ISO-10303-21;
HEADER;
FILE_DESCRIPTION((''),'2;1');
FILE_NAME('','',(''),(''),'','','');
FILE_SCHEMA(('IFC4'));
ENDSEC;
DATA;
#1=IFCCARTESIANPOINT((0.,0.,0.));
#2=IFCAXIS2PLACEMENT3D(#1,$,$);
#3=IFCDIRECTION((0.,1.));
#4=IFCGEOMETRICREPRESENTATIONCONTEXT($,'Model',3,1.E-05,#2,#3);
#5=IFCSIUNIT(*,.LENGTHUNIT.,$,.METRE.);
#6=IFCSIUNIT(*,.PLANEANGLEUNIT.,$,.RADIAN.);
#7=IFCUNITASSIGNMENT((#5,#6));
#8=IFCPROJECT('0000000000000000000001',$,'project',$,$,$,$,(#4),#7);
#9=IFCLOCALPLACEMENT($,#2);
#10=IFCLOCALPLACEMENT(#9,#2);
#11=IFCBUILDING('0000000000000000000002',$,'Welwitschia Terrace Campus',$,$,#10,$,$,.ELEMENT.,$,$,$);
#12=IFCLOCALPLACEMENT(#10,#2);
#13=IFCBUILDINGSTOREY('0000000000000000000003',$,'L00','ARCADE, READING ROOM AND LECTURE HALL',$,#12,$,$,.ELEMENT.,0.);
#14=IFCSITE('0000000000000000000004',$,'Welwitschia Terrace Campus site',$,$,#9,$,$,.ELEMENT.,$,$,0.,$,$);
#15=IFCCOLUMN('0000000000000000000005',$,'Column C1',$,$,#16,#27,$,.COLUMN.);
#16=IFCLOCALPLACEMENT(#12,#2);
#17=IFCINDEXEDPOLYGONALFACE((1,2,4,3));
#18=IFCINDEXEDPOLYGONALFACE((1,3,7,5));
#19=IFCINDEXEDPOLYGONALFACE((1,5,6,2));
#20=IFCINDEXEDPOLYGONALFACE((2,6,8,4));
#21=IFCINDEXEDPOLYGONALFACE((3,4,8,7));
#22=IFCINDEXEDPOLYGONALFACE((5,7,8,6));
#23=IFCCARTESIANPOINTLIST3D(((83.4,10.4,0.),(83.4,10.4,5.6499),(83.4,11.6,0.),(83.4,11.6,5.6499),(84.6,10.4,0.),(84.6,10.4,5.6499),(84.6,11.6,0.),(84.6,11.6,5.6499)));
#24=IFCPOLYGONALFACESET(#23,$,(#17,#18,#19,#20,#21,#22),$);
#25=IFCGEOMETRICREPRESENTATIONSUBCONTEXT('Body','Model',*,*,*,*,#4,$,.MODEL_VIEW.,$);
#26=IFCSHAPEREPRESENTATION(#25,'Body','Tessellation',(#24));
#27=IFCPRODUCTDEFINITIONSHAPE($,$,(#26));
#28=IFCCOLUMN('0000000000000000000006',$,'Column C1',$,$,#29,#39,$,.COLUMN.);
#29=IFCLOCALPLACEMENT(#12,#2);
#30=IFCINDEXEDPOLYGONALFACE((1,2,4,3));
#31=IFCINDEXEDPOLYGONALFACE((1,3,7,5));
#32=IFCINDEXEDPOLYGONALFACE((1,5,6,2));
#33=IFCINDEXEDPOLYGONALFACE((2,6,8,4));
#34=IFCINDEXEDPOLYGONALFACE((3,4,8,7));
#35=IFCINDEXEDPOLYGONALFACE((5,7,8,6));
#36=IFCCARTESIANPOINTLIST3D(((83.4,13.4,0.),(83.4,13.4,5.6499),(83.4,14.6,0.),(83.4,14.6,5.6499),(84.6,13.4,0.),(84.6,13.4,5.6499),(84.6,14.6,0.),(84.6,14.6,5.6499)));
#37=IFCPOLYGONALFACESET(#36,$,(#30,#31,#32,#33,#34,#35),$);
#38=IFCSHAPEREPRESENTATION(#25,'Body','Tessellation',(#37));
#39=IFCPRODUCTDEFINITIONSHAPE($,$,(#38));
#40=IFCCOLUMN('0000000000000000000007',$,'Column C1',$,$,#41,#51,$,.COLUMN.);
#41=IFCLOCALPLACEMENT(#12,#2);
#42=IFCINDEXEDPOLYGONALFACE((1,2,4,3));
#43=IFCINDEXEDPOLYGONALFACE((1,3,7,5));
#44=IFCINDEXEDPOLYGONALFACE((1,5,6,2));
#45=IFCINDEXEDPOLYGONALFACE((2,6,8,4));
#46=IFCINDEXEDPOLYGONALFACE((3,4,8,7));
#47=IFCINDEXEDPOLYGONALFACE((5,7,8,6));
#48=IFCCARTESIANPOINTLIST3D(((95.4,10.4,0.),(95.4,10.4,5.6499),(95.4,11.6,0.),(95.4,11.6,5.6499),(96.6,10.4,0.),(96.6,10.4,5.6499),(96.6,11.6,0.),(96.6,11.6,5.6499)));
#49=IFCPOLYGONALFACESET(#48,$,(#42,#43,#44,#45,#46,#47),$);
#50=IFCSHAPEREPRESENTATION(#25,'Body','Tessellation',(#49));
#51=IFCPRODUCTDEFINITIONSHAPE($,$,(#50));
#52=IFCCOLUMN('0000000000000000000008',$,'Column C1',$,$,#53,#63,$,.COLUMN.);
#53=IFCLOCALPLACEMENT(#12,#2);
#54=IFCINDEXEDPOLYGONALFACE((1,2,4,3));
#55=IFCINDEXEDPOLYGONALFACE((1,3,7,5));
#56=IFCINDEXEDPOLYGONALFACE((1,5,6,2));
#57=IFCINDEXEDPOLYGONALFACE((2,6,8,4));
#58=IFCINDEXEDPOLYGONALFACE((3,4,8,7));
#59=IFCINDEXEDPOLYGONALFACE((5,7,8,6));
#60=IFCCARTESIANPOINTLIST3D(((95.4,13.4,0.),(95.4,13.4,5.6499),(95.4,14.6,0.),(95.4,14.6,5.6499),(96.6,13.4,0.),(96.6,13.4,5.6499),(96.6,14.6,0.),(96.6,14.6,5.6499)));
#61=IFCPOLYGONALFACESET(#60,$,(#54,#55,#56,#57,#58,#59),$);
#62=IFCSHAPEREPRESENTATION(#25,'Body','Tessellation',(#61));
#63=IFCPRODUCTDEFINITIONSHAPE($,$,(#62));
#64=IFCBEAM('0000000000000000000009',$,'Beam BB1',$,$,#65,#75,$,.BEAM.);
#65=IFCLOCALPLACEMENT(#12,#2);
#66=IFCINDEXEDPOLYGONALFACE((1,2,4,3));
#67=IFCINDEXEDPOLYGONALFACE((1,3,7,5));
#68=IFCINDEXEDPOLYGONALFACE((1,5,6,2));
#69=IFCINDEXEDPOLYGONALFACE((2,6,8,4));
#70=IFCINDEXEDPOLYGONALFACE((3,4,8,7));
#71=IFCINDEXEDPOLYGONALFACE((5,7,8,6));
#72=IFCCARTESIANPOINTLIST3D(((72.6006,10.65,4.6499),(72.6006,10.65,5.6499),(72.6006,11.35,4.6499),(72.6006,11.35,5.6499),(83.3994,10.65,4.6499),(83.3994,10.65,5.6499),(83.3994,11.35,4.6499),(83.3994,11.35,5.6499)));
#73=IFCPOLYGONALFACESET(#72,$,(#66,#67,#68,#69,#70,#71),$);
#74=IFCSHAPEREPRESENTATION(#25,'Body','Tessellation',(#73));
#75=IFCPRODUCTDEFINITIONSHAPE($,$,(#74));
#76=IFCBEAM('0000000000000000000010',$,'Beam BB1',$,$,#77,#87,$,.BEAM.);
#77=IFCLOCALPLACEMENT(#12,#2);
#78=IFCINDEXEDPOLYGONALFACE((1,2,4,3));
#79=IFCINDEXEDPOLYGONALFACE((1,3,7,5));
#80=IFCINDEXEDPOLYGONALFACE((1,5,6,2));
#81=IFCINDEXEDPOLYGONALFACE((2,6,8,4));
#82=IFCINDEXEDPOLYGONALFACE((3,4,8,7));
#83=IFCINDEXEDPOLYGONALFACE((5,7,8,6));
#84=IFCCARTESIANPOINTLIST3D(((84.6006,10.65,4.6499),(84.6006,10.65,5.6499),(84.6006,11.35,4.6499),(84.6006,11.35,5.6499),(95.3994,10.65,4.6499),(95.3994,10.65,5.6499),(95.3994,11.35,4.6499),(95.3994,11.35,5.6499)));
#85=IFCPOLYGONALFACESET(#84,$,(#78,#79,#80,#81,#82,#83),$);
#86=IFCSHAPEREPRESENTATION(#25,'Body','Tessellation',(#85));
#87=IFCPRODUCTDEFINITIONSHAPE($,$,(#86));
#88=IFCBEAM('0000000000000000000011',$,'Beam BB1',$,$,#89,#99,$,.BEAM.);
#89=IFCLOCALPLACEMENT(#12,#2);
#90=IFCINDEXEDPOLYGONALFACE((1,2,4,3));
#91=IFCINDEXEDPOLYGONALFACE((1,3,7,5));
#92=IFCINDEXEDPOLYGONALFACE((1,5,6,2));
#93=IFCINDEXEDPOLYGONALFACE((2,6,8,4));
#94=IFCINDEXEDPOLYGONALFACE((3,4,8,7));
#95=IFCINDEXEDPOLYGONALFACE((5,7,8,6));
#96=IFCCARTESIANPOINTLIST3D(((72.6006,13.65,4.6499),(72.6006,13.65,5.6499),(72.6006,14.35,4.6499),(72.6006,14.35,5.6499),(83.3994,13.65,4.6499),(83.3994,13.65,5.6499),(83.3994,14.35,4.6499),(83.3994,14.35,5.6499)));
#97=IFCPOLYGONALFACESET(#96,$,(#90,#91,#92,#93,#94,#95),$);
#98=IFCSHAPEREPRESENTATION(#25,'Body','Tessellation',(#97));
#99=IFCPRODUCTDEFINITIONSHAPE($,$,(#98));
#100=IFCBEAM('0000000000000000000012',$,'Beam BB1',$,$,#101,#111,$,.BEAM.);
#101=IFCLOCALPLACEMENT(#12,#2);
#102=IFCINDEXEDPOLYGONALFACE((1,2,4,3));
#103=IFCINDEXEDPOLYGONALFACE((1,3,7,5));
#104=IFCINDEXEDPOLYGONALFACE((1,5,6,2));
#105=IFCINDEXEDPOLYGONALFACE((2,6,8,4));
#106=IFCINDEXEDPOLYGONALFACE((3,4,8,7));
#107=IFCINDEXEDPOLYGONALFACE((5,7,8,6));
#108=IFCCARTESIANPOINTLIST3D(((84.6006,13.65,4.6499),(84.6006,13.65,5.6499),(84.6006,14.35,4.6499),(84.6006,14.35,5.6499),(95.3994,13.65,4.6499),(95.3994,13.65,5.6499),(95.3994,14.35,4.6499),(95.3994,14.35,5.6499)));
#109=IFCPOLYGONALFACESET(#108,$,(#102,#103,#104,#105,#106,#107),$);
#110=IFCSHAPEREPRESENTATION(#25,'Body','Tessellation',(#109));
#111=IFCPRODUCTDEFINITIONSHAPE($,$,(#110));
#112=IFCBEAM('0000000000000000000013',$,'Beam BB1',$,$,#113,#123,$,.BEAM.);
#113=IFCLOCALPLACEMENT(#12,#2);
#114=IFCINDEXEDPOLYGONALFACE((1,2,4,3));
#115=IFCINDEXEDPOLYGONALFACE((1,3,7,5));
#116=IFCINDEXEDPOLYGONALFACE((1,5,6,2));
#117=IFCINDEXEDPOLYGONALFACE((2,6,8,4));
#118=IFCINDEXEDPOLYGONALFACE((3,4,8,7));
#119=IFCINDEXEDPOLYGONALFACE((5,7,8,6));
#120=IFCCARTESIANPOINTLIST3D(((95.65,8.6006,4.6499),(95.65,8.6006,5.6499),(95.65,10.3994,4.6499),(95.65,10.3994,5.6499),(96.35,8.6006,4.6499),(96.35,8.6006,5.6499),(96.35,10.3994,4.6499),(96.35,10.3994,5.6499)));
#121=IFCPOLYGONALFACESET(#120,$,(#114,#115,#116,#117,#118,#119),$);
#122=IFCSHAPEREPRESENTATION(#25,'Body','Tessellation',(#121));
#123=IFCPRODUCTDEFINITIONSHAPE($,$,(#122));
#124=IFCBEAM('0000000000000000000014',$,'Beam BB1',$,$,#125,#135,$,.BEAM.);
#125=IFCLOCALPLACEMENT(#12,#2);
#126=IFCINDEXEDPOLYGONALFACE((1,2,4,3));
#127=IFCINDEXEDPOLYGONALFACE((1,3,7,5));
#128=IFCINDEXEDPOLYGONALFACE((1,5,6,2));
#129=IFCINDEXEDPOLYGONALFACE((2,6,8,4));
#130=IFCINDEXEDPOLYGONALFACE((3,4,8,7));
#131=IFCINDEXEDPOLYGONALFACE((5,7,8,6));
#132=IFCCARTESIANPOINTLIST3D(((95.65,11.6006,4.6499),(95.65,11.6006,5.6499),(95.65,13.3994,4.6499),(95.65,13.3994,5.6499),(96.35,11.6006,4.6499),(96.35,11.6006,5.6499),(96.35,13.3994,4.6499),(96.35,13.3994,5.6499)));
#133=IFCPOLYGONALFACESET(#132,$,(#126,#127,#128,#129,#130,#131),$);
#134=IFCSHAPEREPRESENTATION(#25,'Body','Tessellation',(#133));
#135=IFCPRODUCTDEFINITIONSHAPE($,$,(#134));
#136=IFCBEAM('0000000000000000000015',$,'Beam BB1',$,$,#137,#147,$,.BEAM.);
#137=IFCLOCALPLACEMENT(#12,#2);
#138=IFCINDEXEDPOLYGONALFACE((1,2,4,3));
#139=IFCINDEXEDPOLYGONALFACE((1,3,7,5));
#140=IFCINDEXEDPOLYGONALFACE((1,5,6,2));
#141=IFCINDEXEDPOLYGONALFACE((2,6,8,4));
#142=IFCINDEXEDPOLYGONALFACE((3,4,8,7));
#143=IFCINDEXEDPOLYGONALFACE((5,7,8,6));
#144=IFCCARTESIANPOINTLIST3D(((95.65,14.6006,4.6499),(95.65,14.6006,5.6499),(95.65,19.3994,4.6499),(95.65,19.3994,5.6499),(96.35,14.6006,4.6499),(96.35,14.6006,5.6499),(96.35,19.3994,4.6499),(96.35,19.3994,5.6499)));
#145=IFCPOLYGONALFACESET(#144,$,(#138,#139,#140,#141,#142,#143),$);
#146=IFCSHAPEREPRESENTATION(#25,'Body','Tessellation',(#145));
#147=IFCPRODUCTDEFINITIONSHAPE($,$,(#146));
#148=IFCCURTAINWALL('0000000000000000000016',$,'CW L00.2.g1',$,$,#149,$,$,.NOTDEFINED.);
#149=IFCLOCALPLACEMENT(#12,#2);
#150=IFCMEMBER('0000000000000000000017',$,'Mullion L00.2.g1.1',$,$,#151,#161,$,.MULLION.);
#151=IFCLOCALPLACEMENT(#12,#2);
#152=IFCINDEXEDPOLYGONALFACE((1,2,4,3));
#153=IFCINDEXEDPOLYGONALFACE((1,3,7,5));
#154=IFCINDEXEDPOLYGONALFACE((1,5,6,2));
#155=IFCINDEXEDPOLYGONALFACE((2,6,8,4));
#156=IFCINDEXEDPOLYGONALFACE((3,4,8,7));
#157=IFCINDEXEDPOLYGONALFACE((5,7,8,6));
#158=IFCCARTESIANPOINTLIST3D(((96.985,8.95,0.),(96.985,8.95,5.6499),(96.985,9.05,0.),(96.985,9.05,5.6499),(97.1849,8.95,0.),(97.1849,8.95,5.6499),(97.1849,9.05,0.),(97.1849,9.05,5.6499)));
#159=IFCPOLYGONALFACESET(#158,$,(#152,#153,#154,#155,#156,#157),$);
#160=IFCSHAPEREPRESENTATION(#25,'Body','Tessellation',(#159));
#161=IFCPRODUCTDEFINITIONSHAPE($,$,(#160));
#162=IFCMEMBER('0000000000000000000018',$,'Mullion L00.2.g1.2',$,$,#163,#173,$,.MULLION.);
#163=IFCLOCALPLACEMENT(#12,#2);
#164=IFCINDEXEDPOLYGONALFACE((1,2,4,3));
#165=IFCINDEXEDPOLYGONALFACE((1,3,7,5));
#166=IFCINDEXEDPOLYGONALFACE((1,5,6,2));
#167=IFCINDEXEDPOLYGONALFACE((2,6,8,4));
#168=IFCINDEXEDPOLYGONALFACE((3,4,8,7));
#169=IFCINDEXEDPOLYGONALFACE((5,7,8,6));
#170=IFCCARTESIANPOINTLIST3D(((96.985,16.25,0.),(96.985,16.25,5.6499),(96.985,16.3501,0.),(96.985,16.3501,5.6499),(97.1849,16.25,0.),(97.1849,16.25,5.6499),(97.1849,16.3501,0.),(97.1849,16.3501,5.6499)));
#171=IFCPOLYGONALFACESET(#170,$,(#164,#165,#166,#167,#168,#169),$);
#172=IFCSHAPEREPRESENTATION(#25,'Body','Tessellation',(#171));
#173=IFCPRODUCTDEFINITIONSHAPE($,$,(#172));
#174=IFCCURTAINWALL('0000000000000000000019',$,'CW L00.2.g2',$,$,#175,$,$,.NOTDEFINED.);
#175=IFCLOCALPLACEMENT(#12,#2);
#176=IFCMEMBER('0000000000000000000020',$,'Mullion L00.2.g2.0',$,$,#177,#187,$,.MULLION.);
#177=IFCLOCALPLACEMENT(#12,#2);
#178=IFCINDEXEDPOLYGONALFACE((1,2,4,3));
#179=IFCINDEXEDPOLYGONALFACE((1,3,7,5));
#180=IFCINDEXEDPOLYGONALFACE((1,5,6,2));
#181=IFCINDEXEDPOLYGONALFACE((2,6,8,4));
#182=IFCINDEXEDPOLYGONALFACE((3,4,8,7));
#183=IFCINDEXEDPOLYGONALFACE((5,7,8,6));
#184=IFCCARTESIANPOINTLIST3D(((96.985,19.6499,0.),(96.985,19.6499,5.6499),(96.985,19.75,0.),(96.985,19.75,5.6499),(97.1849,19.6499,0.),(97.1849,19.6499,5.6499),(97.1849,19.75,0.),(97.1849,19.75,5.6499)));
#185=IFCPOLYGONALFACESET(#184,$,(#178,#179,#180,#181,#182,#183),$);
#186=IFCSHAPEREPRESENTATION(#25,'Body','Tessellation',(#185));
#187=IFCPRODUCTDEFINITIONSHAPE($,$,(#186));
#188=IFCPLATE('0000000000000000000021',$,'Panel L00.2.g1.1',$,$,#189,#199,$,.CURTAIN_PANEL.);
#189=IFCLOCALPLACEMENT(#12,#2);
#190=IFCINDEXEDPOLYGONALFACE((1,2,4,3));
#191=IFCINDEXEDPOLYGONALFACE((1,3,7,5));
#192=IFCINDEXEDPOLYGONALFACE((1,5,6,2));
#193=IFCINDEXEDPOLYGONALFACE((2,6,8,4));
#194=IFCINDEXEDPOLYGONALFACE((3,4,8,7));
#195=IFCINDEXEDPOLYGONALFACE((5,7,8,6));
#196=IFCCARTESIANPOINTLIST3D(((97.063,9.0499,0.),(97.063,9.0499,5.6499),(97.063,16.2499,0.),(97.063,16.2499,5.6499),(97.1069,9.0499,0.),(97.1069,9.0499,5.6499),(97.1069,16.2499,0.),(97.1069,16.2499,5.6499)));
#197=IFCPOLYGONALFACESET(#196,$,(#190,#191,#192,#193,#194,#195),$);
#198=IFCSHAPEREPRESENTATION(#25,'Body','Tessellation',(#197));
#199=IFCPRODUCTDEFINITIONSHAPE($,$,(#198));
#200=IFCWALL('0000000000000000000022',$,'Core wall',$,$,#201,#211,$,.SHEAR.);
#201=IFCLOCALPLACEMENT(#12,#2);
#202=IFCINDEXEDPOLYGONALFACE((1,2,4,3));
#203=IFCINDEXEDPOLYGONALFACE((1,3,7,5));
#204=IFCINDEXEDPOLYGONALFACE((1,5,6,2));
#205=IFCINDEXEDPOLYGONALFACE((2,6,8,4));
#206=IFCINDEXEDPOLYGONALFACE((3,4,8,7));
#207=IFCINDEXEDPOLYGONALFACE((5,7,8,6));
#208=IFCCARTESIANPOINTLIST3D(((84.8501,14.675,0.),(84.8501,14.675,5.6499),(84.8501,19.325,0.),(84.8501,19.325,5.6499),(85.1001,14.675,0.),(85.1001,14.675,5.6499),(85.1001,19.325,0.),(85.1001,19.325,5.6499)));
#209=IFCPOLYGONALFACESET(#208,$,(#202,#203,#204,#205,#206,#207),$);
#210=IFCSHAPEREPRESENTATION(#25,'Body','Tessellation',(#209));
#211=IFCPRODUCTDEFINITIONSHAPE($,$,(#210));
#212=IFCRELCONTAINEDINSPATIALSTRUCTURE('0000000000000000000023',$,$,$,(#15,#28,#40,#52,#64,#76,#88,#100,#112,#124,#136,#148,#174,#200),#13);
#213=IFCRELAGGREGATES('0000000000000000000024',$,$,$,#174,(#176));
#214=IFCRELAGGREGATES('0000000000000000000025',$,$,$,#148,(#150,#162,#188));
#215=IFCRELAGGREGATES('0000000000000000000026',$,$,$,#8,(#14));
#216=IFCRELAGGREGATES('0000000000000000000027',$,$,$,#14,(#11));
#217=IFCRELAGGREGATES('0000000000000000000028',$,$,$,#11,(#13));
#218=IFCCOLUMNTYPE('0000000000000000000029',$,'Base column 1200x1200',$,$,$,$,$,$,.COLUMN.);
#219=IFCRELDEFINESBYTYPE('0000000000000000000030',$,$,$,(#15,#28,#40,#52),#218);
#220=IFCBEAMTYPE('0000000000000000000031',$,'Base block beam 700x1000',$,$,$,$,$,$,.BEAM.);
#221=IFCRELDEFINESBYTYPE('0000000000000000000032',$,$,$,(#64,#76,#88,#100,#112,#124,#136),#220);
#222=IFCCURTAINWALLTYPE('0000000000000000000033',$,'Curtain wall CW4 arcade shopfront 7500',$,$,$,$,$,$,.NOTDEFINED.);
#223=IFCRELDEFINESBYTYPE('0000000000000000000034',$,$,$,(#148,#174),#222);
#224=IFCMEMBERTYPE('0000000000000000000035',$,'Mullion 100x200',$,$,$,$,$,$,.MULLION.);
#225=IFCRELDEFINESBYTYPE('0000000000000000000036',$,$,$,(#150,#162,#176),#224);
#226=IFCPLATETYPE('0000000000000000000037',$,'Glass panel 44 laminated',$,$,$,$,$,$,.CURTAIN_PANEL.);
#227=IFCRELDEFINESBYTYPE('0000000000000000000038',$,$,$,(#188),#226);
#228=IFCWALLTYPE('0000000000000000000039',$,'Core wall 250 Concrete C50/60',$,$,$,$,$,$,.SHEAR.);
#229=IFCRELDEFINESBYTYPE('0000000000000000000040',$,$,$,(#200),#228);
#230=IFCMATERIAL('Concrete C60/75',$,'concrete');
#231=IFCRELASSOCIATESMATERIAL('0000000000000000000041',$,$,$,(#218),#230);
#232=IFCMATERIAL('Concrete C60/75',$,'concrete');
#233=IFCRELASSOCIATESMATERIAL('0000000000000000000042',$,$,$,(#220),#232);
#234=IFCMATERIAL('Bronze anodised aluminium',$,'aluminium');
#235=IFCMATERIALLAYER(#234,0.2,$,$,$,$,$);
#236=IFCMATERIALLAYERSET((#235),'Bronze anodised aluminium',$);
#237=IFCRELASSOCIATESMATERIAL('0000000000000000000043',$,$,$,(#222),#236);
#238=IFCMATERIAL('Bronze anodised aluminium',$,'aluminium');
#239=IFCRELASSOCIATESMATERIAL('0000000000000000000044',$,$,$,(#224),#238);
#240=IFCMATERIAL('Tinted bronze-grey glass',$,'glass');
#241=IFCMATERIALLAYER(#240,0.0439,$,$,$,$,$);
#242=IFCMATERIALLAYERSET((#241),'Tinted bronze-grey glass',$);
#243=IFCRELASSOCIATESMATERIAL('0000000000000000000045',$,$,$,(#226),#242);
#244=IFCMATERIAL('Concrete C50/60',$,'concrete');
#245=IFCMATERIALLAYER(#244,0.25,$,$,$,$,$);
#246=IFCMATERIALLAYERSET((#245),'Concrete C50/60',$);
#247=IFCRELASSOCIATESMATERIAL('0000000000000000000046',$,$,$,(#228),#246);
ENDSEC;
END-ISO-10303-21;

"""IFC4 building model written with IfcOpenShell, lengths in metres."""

from ifc_helpers import new_model, si_unit, direction, frame, frame_2d, origin, origin_2d, place, context, subcontext, project, spatial, rectangle, extrude, material, layer, layer_set, material_profile, profile_set, type_object, element, aggregate, save


model = new_model("IFC4")

# Units and contexts
model_context = context("Model", 3, precision=1e-05, world=origin(), true_north=direction((0.0, 1.0)))
body_context = subcontext(model_context, "Body", "Model", "MODEL_VIEW")
ifc_project = project(units=[si_unit("LENGTHUNIT", "METRE"), si_unit("PLANEANGLEUNIT", "RADIAN")], contexts=[model_context])

# Site, building, storey
site_placement = place(None, origin())
site = spatial("IfcSite", under=ifc_project, at=site_placement, Name="Welwitschia Terrace Campus site", CompositionType="ELEMENT", RefElevation=0.0)
building_placement = place(site_placement, origin())
building = spatial("IfcBuilding", under=site, at=building_placement, Name="Welwitschia Terrace Campus", CompositionType="ELEMENT")
storey_placement = place(building_placement, origin())
storey = spatial("IfcBuildingStorey", under=building, at=storey_placement, Name="L00", Description="ARCADE, READING ROOM AND LECTURE HALL", CompositionType="ELEMENT", Elevation=0.0)

# Columns
ifc_material_1 = material(Name="Concrete C60/75", Category="concrete")
ifc_material_profile_1 = material_profile(ifc_material_1, rectangle(XDim=1.2, YDim=1.2, at=origin_2d()))
ifc_profile_set_1 = profile_set([ifc_material_profile_1], Name="Concrete C60/75")
column_type = type_object("IfcColumnType", Name="Base column 1200x1200", PredefinedType="COLUMN", material=ifc_profile_set_1)
for number, where, z_axis, x_axis, name in (
    (1, (84.0, 11.0, 0.0), (0.0, 0.0, 1.0), (1.0, 0.0, 0.0), "Column C1"),
    (2, (84.0, 14.0, 0.0), (0.0, 0.0, 1.0), (1.0, 0.0, 0.0), "Column C1"),
    (3, (96.0, 11.0, 0.0), (0.0, 0.0, 1.0), (1.0, 0.0, 0.0), "Column C1"),
    (4, (96.0, 14.0, 0.0), (0.0, 0.0, 1.0), (1.0, 0.0, 0.0), "Column C1"),
):
    element("IfcColumn", number, at=place(storey_placement, frame(where, z_axis=z_axis, x_axis=x_axis)), inside=storey, type_object=column_type, Name=name, PredefinedType="COLUMN", context=body_context, shape_type="SweptSolid", body=[
        extrude(rectangle(XDim=1.2, YDim=1.2, at=origin_2d()), origin(), (0.0, 0.0, 1.0), 5.6499),
    ])

# Beams
ifc_material_2 = material(Name="Concrete C60/75", Category="concrete")
ifc_material_profile_2 = material_profile(ifc_material_2, rectangle(XDim=0.7, YDim=1.0, at=origin_2d()))
ifc_profile_set_2 = profile_set([ifc_material_profile_2], Name="Concrete C60/75")
beam_type = type_object("IfcBeamType", Name="Base block beam 700x1000", PredefinedType="BEAM", material=ifc_profile_set_2)
for number, where, z_axis, x_axis, name in (
    (5, (72.6006, 11.0, 5.1499), (1.0, 0.0, 0.0), (0.0, 1.0, 0.0), "Beam BB1"),
    (6, (84.6006, 11.0, 5.1499), (1.0, 0.0, 0.0), (0.0, 1.0, 0.0), "Beam BB1"),
    (7, (72.6006, 14.0, 5.1499), (1.0, 0.0, 0.0), (0.0, 1.0, 0.0), "Beam BB1"),
    (8, (84.6006, 14.0, 5.1499), (1.0, 0.0, 0.0), (0.0, 1.0, 0.0), "Beam BB1"),
):
    element("IfcBeam", number, at=place(storey_placement, frame(where, z_axis=z_axis, x_axis=x_axis)), inside=storey, type_object=beam_type, Name=name, PredefinedType="BEAM", context=body_context, shape_type="SweptSolid", body=[
        extrude(rectangle(XDim=0.7, YDim=1.0, at=origin_2d()), origin(), (0.0, 0.0, 1.0), 10.7988),
    ])
for number, where, z_axis, x_axis, name in (
    (9, (96.0, 8.6006, 5.1499), (0.0, 1.0, 0.0), (-1.0, 0.0, 0.0), "Beam BB1"),
    (10, (96.0, 11.6006, 5.1499), (0.0, 1.0, 0.0), (-1.0, 0.0, 0.0), "Beam BB1"),
):
    element("IfcBeam", number, at=place(storey_placement, frame(where, z_axis=z_axis, x_axis=x_axis)), inside=storey, type_object=beam_type, Name=name, PredefinedType="BEAM", context=body_context, shape_type="SweptSolid", body=[
        extrude(rectangle(XDim=0.7, YDim=1.0, at=origin_2d()), origin(), (0.0, 0.0, 1.0), 1.7988),
    ])
beam_placement = place(storey_placement, frame((96.0, 14.6006, 5.1499), z_axis=(0.0, 1.0, 0.0), x_axis=(-1.0, 0.0, 0.0)))
element("IfcBeam", 11, at=beam_placement, inside=storey, type_object=beam_type, Name="Beam BB1", PredefinedType="BEAM", context=body_context, shape_type="SweptSolid", body=[
    extrude(rectangle(XDim=0.7, YDim=1.0, at=origin_2d()), origin(), (0.0, 0.0, 1.0), 4.7988),
])

# Curtain wall, members
ifc_material_3 = material(Name="Bronze anodised aluminium", Category="aluminium")
ifc_layer_1 = layer(ifc_material_3, 0.2)
ifc_layer_set_1 = layer_set([ifc_layer_1], Name="Bronze anodised aluminium")
curtain_wall_type = type_object("IfcCurtainWallType", Name="Curtain wall CW4 arcade shopfront 7500", PredefinedType="NOTDEFINED", material=ifc_layer_set_1)
curtain_wall_1_placement = place(storey_placement, origin())
curtain_wall_1 = element("IfcCurtainWall", 12, at=curtain_wall_1_placement, inside=storey, type_object=curtain_wall_type, Name="CW L00.2.g1", PredefinedType="NOTDEFINED")
ifc_material_4 = material(Name="Bronze anodised aluminium", Category="aluminium")
ifc_material_profile_3 = material_profile(ifc_material_4, rectangle(XDim=0.2, YDim=0.1001, at=origin_2d()))
ifc_profile_set_3 = profile_set([ifc_material_profile_3], Name="Bronze anodised aluminium")
member_type = type_object("IfcMemberType", Name="Mullion 100x200", PredefinedType="MULLION", material=ifc_profile_set_3)
member_1_placement = place(storey_placement, frame((97.085, 9.0, 0.0), z_axis=(0.0, 0.0, 1.0), x_axis=(-1.0, 0.0, 0.0)))
member_1 = element("IfcMember", 13, at=member_1_placement, type_object=member_type, Name="Mullion L00.2.g1.1", PredefinedType="MULLION", context=body_context, shape_type="SweptSolid", body=[
    extrude(rectangle(XDim=0.2, YDim=0.1001, at=origin_2d()), origin(), (0.0, 0.0, 1.0), 5.6499),
])
member_2_placement = place(storey_placement, frame((97.085, 16.3, 0.0), z_axis=(0.0, 0.0, 1.0), x_axis=(-1.0, 0.0, 0.0)))
member_2 = element("IfcMember", 14, at=member_2_placement, type_object=member_type, Name="Mullion L00.2.g1.2", PredefinedType="MULLION", context=body_context, shape_type="SweptSolid", body=[
    extrude(rectangle(XDim=0.2, YDim=0.1001, at=origin_2d()), origin(), (0.0, 0.0, 1.0), 5.6499),
])

# Curtain wall, member
curtain_wall_2_placement = place(storey_placement, origin())
curtain_wall_2 = element("IfcCurtainWall", 15, at=curtain_wall_2_placement, inside=storey, type_object=curtain_wall_type, Name="CW L00.2.g2", PredefinedType="NOTDEFINED")
member_3_placement = place(storey_placement, frame((97.085, 19.7, 0.0), z_axis=(0.0, 0.0, 1.0), x_axis=(-1.0, 0.0, 0.0)))
member_3 = element("IfcMember", 16, at=member_3_placement, type_object=member_type, Name="Mullion L00.2.g2.0", PredefinedType="MULLION", context=body_context, shape_type="SweptSolid", body=[
    extrude(rectangle(XDim=0.2, YDim=0.1001, at=origin_2d()), origin(), (0.0, 0.0, 1.0), 5.6499),
])
aggregate(curtain_wall_2, [member_3])

# Plate
ifc_material_5 = material(Name="Tinted bronze-grey glass", Category="glass")
ifc_layer_2 = layer(ifc_material_5, 0.0439)
ifc_layer_set_2 = layer_set([ifc_layer_2], Name="Tinted bronze-grey glass")
plate_type = type_object("IfcPlateType", Name="Glass panel 44 laminated", PredefinedType="CURTAIN_PANEL", material=ifc_layer_set_2)
plate_placement = place(storey_placement, frame((97.085, 12.6499, 0.0), z_axis=(0.0, 0.0, 1.0), x_axis=(0.0, 1.0, 0.0)))
plate = element("IfcPlate", 17, at=plate_placement, type_object=plate_type, Name="Panel L00.2.g1.1", PredefinedType="CURTAIN_PANEL", context=body_context, shape_type="SweptSolid", body=[
    extrude(rectangle(XDim=7.2, YDim=0.0439, at=origin_2d()), origin(), (0.0, 0.0, 1.0), 5.6499),
])
aggregate(curtain_wall_1, [member_1, member_2, plate])

# Wall
ifc_material_6 = material(Name="Concrete C50/60", Category="concrete")
ifc_layer_3 = layer(ifc_material_6, 0.25)
ifc_layer_set_3 = layer_set([ifc_layer_3], Name="Concrete C50/60")
wall_type_1 = type_object("IfcWallType", Name="Core wall 250 Concrete C50/60", PredefinedType="SHEAR", material=ifc_layer_set_3)
wall_1_placement = place(storey_placement, frame((84.9751, 14.675, 0.0), z_axis=(0.0, 0.0, 1.0), x_axis=(0.0, 1.0, 0.0)))
element("IfcWall", 18, at=wall_1_placement, inside=storey, type_object=wall_type_1, Name="Core wall", PredefinedType="SHEAR", context=body_context, shape_type="SweptSolid", body=[
    extrude(rectangle(XDim=4.6499, YDim=0.25, at=frame_2d((2.325, 0.0))), origin(), (0.0, 0.0, 1.0), 5.6499),
])

save(model, "model.ifc")
